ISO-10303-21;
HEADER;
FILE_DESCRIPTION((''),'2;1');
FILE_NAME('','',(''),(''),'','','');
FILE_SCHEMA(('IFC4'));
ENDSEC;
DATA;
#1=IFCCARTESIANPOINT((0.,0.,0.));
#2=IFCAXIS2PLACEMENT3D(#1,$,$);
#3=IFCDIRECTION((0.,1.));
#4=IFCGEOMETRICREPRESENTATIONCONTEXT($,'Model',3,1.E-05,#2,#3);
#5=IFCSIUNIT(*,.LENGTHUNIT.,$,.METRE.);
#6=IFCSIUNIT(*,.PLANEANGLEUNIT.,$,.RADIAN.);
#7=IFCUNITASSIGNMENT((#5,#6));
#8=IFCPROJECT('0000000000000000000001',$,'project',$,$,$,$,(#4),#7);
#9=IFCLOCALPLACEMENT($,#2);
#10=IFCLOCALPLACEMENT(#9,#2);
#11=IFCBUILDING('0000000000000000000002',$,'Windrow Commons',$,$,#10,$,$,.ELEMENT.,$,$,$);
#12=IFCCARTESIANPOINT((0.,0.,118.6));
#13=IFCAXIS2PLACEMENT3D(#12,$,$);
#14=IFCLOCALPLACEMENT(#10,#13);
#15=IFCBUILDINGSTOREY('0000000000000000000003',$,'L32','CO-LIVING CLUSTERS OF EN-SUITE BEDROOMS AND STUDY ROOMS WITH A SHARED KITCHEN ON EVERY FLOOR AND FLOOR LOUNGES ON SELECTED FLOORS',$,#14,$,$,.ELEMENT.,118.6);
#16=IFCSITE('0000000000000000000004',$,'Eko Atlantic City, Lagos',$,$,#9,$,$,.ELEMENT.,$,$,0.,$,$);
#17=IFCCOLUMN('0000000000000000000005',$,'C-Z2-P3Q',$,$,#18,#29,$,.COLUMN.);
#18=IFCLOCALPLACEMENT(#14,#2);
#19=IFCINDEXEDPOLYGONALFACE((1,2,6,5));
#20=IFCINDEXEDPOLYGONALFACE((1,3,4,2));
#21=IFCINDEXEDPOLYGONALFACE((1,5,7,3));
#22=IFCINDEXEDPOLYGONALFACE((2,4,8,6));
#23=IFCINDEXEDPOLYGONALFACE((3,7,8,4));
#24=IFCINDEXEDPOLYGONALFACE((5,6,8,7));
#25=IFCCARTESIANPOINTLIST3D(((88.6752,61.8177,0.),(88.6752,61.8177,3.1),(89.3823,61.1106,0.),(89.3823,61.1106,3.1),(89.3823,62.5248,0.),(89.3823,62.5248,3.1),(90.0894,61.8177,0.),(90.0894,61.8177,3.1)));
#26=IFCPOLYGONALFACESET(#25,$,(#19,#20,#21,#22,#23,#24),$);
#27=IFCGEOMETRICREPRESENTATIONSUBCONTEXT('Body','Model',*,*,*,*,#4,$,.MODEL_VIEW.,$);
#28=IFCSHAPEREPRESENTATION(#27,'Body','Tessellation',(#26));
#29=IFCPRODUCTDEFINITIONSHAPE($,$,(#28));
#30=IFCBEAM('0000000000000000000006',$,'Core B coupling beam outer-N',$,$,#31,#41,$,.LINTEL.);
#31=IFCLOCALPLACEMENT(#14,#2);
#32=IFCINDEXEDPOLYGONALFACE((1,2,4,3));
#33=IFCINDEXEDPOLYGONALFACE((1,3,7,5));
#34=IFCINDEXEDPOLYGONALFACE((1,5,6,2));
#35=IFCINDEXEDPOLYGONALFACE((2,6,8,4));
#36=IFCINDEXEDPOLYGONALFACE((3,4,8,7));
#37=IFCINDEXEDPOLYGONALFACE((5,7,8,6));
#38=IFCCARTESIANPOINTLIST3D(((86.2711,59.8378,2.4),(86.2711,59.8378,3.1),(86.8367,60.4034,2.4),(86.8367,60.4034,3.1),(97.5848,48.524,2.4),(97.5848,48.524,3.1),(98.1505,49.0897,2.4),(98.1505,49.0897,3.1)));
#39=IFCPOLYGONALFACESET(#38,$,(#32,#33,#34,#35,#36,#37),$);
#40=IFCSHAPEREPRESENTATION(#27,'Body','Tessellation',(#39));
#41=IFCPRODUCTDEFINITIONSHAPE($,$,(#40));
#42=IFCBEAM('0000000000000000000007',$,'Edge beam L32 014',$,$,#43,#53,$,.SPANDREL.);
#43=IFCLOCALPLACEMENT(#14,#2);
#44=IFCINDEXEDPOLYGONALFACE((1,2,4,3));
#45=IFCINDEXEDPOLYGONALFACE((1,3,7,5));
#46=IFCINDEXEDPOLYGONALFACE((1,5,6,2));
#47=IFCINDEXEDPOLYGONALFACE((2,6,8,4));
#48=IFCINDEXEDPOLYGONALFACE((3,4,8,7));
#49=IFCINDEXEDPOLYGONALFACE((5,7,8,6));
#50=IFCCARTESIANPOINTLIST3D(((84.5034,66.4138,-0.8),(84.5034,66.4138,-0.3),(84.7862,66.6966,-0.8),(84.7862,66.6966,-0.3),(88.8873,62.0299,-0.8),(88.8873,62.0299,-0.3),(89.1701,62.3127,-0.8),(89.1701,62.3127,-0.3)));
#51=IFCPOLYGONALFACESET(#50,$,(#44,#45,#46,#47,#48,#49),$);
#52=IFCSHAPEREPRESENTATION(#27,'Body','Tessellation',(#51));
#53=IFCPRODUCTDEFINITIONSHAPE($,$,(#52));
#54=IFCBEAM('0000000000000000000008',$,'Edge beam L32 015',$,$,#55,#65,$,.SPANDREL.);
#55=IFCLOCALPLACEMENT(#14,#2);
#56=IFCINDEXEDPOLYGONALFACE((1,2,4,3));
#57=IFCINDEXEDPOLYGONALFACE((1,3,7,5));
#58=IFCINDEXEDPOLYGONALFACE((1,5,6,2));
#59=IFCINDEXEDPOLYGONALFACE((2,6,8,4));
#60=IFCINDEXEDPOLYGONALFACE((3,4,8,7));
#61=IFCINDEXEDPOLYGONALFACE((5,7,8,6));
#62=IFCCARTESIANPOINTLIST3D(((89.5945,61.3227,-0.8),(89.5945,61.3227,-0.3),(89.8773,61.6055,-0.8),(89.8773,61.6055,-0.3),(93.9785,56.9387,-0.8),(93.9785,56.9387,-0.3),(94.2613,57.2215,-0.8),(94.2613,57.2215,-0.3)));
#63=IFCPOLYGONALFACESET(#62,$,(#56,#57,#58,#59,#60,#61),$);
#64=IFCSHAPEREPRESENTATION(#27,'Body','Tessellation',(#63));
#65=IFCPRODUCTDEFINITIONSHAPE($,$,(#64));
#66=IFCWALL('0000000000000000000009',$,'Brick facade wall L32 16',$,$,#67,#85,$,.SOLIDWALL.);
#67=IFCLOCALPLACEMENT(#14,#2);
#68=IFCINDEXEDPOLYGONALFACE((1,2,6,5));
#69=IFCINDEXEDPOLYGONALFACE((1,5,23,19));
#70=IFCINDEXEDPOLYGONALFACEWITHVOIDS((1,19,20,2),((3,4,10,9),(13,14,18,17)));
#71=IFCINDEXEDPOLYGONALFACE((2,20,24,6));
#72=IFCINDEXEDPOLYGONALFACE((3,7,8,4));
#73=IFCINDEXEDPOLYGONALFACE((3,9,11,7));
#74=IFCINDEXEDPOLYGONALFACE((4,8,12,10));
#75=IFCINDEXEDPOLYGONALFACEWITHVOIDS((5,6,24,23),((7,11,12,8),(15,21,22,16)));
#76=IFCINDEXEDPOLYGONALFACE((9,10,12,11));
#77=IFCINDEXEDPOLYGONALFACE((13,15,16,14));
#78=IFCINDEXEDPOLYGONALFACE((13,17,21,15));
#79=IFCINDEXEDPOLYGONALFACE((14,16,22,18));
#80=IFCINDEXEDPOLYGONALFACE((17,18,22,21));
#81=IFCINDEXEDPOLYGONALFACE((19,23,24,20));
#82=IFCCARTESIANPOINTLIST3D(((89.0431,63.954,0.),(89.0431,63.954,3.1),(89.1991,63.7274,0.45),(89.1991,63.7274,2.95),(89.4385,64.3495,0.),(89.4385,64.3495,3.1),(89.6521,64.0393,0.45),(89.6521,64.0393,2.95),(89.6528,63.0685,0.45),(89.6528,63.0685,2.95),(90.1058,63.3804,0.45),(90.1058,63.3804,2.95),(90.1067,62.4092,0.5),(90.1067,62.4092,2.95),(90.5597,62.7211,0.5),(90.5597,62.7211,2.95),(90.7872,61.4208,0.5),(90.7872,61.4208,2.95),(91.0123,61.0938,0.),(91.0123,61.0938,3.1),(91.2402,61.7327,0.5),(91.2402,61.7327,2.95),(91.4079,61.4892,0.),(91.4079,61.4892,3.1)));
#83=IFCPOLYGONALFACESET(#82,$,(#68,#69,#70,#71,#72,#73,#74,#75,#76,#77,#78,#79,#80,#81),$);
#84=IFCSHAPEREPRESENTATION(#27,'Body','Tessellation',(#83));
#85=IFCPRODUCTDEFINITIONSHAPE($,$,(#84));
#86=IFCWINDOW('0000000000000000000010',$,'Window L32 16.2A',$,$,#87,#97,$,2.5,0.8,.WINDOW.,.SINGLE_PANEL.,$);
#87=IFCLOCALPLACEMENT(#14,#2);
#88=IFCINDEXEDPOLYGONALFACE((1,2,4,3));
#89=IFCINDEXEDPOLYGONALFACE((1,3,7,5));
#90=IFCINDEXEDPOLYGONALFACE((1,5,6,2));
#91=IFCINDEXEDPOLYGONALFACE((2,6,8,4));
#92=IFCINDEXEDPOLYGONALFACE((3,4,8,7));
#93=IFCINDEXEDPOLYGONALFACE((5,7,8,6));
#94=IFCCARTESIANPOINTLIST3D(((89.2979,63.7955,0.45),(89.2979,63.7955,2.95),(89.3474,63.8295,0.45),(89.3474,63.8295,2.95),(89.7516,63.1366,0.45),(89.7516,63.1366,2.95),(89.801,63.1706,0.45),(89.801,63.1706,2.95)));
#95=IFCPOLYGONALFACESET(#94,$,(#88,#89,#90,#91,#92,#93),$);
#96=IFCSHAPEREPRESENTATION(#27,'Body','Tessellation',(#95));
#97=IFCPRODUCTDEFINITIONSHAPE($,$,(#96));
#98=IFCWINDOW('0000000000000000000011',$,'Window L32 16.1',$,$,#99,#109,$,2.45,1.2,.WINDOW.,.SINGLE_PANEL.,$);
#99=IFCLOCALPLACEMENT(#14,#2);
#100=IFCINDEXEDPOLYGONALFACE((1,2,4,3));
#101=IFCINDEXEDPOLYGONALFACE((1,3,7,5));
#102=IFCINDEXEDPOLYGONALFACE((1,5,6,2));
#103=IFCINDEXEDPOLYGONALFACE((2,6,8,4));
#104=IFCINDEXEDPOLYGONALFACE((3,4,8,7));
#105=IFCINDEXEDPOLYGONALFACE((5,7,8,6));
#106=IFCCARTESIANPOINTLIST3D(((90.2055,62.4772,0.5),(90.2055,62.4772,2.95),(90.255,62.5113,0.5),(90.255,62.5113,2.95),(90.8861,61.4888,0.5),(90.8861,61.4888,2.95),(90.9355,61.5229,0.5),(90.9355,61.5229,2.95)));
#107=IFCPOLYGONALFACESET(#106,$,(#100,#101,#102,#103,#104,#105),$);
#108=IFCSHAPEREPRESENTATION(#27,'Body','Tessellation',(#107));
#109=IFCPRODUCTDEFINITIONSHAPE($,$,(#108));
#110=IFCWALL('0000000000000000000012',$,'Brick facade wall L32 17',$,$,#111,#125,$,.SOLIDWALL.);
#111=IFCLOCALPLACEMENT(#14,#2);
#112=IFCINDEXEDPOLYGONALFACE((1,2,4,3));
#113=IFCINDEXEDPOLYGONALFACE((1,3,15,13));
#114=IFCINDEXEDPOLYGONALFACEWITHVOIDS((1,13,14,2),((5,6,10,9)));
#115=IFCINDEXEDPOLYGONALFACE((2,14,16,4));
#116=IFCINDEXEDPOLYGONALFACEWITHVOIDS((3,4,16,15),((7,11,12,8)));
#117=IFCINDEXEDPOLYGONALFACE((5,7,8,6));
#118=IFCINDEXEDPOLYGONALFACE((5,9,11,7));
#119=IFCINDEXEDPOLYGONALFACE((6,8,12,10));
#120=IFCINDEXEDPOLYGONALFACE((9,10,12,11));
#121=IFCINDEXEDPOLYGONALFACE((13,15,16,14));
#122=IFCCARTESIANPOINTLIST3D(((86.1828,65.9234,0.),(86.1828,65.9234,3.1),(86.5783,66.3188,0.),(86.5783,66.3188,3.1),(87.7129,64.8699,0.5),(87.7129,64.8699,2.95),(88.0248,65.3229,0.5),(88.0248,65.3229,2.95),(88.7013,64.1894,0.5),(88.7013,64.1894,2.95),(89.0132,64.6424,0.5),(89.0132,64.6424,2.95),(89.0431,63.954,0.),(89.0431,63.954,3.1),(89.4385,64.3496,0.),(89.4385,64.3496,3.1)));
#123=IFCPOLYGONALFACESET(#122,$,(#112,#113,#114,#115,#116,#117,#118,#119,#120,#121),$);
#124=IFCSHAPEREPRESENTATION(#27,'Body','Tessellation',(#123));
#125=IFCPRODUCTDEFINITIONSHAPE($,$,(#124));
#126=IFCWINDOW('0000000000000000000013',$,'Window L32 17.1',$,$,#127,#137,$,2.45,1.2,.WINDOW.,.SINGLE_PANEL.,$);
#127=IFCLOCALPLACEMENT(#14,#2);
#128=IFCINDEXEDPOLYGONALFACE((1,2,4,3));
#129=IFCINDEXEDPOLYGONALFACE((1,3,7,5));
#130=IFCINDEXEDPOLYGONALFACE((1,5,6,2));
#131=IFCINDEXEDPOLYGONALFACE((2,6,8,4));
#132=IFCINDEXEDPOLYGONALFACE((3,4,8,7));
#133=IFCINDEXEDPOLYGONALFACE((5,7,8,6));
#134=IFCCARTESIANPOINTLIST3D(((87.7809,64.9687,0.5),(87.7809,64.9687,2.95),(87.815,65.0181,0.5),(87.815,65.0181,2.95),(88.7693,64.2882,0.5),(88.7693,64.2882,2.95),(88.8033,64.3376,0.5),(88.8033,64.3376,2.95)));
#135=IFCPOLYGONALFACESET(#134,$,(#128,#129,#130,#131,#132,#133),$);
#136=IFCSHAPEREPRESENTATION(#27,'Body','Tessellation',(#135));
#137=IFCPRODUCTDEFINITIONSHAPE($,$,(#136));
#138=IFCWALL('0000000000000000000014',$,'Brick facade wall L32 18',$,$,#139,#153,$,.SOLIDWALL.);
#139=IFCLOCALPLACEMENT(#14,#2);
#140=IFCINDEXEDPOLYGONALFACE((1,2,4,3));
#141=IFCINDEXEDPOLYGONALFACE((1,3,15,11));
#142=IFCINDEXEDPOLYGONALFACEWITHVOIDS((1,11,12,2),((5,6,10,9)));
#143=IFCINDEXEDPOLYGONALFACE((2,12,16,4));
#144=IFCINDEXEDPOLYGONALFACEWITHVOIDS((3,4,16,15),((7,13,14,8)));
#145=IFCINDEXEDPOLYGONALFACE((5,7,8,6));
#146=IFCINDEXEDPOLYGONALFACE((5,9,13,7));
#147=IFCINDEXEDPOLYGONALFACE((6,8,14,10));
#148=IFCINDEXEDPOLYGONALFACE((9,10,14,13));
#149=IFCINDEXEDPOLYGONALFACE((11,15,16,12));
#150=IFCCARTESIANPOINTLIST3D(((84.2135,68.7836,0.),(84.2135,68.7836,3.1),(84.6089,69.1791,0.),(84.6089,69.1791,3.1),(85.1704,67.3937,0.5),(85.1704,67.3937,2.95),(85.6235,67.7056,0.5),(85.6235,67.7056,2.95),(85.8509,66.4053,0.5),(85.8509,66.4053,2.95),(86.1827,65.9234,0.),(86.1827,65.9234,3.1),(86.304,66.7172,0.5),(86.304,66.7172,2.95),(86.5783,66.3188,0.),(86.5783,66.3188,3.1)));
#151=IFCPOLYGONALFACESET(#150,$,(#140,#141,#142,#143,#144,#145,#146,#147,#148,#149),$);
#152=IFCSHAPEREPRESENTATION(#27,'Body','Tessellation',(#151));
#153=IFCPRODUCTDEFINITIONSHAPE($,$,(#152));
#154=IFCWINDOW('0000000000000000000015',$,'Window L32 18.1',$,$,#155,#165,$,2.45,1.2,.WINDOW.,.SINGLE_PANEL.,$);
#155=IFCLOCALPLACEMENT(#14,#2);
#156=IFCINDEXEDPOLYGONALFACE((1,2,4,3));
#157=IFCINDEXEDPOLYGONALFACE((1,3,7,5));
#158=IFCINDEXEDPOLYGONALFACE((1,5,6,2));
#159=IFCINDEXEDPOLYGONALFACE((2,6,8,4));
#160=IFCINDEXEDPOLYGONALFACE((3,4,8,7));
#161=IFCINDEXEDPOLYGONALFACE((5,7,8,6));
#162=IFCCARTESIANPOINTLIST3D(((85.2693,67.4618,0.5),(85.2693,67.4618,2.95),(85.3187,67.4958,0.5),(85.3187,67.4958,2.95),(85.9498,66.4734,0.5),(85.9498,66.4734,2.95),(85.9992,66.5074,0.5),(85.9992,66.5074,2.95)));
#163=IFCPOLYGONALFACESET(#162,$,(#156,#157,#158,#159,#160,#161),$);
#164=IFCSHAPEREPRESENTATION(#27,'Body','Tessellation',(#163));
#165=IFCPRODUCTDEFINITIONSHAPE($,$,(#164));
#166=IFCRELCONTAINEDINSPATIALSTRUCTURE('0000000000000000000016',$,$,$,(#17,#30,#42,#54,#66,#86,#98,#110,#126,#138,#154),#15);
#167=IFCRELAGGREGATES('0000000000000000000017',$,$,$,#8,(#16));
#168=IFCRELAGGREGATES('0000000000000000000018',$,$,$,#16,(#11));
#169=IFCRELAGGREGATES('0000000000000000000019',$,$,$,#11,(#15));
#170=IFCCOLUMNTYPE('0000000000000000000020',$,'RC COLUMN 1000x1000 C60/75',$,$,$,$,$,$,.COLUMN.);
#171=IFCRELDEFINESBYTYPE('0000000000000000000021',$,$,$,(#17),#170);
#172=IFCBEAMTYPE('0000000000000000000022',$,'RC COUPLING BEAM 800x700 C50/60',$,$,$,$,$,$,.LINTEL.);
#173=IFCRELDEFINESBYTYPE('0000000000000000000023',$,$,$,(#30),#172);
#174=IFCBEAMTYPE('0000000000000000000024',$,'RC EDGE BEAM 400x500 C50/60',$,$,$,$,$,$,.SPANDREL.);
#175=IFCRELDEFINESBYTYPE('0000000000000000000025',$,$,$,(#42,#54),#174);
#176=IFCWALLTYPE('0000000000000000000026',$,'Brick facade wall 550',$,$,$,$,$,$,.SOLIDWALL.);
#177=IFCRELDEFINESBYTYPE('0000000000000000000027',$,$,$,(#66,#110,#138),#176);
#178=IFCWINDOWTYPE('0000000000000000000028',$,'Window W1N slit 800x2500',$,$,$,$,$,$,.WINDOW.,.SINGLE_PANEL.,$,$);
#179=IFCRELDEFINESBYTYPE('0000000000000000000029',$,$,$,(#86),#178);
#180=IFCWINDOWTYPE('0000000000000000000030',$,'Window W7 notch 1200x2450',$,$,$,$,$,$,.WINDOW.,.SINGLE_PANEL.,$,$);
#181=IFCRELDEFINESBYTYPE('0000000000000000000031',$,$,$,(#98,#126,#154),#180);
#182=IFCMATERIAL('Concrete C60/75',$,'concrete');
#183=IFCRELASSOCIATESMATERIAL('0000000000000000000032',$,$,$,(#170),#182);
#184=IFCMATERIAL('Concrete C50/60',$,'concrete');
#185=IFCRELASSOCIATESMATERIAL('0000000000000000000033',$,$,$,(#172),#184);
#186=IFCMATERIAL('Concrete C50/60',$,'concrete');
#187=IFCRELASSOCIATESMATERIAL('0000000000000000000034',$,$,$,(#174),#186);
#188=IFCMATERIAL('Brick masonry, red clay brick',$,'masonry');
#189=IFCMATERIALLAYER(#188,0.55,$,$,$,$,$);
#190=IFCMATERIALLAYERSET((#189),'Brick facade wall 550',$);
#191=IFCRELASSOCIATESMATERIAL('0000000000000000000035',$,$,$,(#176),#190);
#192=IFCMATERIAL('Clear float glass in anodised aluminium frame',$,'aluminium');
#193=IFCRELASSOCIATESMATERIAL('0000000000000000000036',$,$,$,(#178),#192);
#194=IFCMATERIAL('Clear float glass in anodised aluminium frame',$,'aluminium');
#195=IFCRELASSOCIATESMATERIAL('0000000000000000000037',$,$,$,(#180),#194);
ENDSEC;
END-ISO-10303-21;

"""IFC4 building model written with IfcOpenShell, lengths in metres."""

from ifc_helpers import new_model, si_unit, direction, frame, frame_2d, origin, origin_2d, place, context, subcontext, project, spatial, polyline, rectangle, outline, extrude, material, layer, layer_set, material_profile, profile_set, type_object, element, fill, save


model = new_model("IFC4")

# Units and contexts
model_context = context("Model", 3, precision=1e-05, world=origin(), true_north=direction((0.0, 1.0)))
body_context = subcontext(model_context, "Body", "Model", "MODEL_VIEW")
ifc_project = project(units=[si_unit("LENGTHUNIT", "METRE"), si_unit("PLANEANGLEUNIT", "RADIAN")], contexts=[model_context])

# Site, building, storey
site_placement = place(None, origin())
site = spatial("IfcSite", under=ifc_project, at=site_placement, Name="Eko Atlantic City, Lagos", CompositionType="ELEMENT", RefElevation=0.0)
building_placement = place(site_placement, origin())
building = spatial("IfcBuilding", under=site, at=building_placement, Name="Windrow Commons", CompositionType="ELEMENT")
storey_placement = place(building_placement, frame((0.0, 0.0, 118.6)))
storey = spatial("IfcBuildingStorey", under=building, at=storey_placement, Name="L32", Description="CO-LIVING CLUSTERS OF EN-SUITE BEDROOMS AND STUDY ROOMS WITH A SHARED KITCHEN ON EVERY FLOOR AND FLOOR LOUNGES ON SELECTED FLOORS", CompositionType="ELEMENT", Elevation=118.6)

# Column
ifc_material_1 = material(Name="Concrete C60/75", Category="concrete")
ifc_material_profile_1 = material_profile(ifc_material_1, rectangle(XDim=1.0, YDim=1.0, at=origin_2d()))
ifc_profile_set_1 = profile_set([ifc_material_profile_1], Name="Concrete C60/75")
column_type = type_object("IfcColumnType", Name="RC COLUMN 1000x1000 C60/75", PredefinedType="COLUMN", material=ifc_profile_set_1)
column_placement = place(storey_placement, frame((89.3823, 61.8177, 0.0), z_axis=(0.0, 0.0, 1.0), x_axis=(0.707107, -0.707107, 0.0)))
element("IfcColumn", 1, at=column_placement, inside=storey, type_object=column_type, Name="C-Z2-P3Q", PredefinedType="COLUMN", context=body_context, shape_type="SweptSolid", body=[
    extrude(rectangle(XDim=1.0, YDim=1.0, at=origin_2d()), origin(), (0.0, 0.0, 1.0), 3.1),
])

# Beams
ifc_material_2 = material(Name="Concrete C50/60", Category="concrete")
ifc_material_profile_2 = material_profile(ifc_material_2, rectangle(XDim=0.8, YDim=0.7, at=origin_2d()))
ifc_profile_set_2 = profile_set([ifc_material_profile_2], Name="Concrete C50/60")
beam_type_1 = type_object("IfcBeamType", Name="RC COUPLING BEAM 800x700 C50/60", PredefinedType="LINTEL", material=ifc_profile_set_2)
beam_1_placement = place(storey_placement, frame((86.5539, 60.1206, 2.75), z_axis=(0.707107, -0.707107, 0.0), x_axis=(0.707107, 0.707107, 0.0)))
element("IfcBeam", 2, at=beam_1_placement, inside=storey, type_object=beam_type_1, Name="Core B coupling beam outer-N", PredefinedType="LINTEL", context=body_context, shape_type="SweptSolid", body=[
    extrude(rectangle(XDim=0.8, YDim=0.7, at=origin_2d()), origin(), (0.0, 0.0, 1.0), 16.0),
])
ifc_material_3 = material(Name="Concrete C50/60", Category="concrete")
ifc_material_profile_3 = material_profile(ifc_material_3, rectangle(XDim=0.4, YDim=0.5, at=origin_2d()))
ifc_profile_set_3 = profile_set([ifc_material_profile_3], Name="Concrete C50/60")
beam_type_2 = type_object("IfcBeamType", Name="RC EDGE BEAM 400x500 C50/60", PredefinedType="SPANDREL", material=ifc_profile_set_3)
beam_2_placement = place(storey_placement, frame((84.6448, 66.5552, -0.55), z_axis=(0.707107, -0.707107, 0.0), x_axis=(0.707107, 0.707107, 0.0)))
element("IfcBeam", 3, at=beam_2_placement, inside=storey, type_object=beam_type_2, Name="Edge beam L32 014", PredefinedType="SPANDREL", context=body_context, shape_type="SweptSolid", body=[
    extrude(rectangle(XDim=0.4, YDim=0.5, at=origin_2d()), origin(), (0.0, 0.0, 1.0), 6.1998),
])
beam_3_placement = place(storey_placement, frame((89.7359, 61.4641, -0.55), z_axis=(0.707107, -0.707107, 0.0), x_axis=(0.707107, 0.707107, 0.0)))
element("IfcBeam", 4, at=beam_3_placement, inside=storey, type_object=beam_type_2, Name="Edge beam L32 015", PredefinedType="SPANDREL", context=body_context, shape_type="SweptSolid", body=[
    extrude(rectangle(XDim=0.4, YDim=0.5, at=origin_2d()), origin(), (0.0, 0.0, 1.0), 6.1999),
])

# Wall, openings, windows
ifc_material_4 = material(Name="Brick masonry, red clay brick", Category="masonry")
ifc_layer_1 = layer(ifc_material_4, 0.55)
ifc_layer_set_1 = layer_set([ifc_layer_1], Name="Brick facade wall 550")
wall_type_1 = type_object("IfcWallType", Name="Brick facade wall 550", PredefinedType="SOLIDWALL", material=ifc_layer_set_1)
wall_1_placement = place(storey_placement, frame((91.2101, 61.2915, 0.0), z_axis=(0.0, 0.0, 1.0), x_axis=(-0.567085, 0.823659, 0.0)))
wall_1 = element("IfcWall", 5, at=wall_1_placement, inside=storey, type_object=wall_type_1, Name="Brick facade wall L32 16", PredefinedType="SOLIDWALL", context=body_context, shape_type="SweptSolid", body=[
    extrude(outline(polyline([(0.0507, -0.275), (3.5234, -0.275), (3.4219, 0.275), (-0.0507, 0.275), (0.0507, -0.275)])), origin(), (0.0, 0.0, 1.0), 3.1),
])
opening_1_placement = place(wall_1_placement, frame((0.3463, 0.0, 0.5)))
opening_1 = element("IfcOpeningElement", 6, at=opening_1_placement, cuts=wall_1, PredefinedType="OPENING", context=body_context, shape_type="SweptSolid", body=[
    extrude(rectangle(XDim=1.2, YDim=2.45, at=frame_2d((0.6, 1.225))), frame((0.0, 0.285, 0.0), z_axis=(0.0, -1.0, 0.0), x_axis=(1.0, 0.0, 0.0)), (0.0, 0.0, 1.0), 0.57),
])
opening_2_placement = place(wall_1_placement, frame((2.3468, 0.0, 0.45)))
opening_2 = element("IfcOpeningElement", 7, at=opening_2_placement, cuts=wall_1, PredefinedType="OPENING", context=body_context, shape_type="SweptSolid", body=[
    extrude(rectangle(XDim=0.8, YDim=2.5, at=frame_2d((0.4, 1.25))), frame((0.0, 0.285, 0.0), z_axis=(0.0, -1.0, 0.0), x_axis=(1.0, 0.0, 0.0)), (0.0, 0.0, 1.0), 0.57),
])
ifc_material_5 = material(Name="Clear float glass in anodised aluminium frame", Category="aluminium")
window_type_1 = type_object("IfcWindowType", Name="Window W1N slit 800x2500", PartitioningType="SINGLE_PANEL", PredefinedType="WINDOW", material=ifc_material_5)
window_1_placement = place(opening_2_placement, origin())
window_1 = element("IfcWindow", 8, at=window_1_placement, inside=storey, type_object=window_type_1, Name="Window L32 16.2A", OverallHeight=2.5, OverallWidth=0.8, PartitioningType="SINGLE_PANEL", PredefinedType="WINDOW", context=body_context, shape_type="SweptSolid", body=[
    extrude(rectangle(XDim=0.8, YDim=2.5, at=frame_2d((0.4, 1.25))), frame((0.0, 0.155, 0.0), z_axis=(0.0, -1.0, 0.0), x_axis=(1.0, 0.0, 0.0)), (0.0, 0.0, 1.0), 0.06),
])
fill(opening_2, window_1)
ifc_material_6 = material(Name="Clear float glass in anodised aluminium frame", Category="aluminium")
window_type_2 = type_object("IfcWindowType", Name="Window W7 notch 1200x2450", PartitioningType="SINGLE_PANEL", PredefinedType="WINDOW", material=ifc_material_6)
window_2_placement = place(opening_1_placement, origin())
window_2 = element("IfcWindow", 9, at=window_2_placement, inside=storey, type_object=window_type_2, Name="Window L32 16.1", OverallHeight=2.45, OverallWidth=1.2, PartitioningType="SINGLE_PANEL", PredefinedType="WINDOW", context=body_context, shape_type="SweptSolid", body=[
    extrude(rectangle(XDim=1.2, YDim=2.45, at=frame_2d((0.6, 1.225))), frame((0.0, 0.155, 0.0), z_axis=(0.0, -1.0, 0.0), x_axis=(1.0, 0.0, 0.0)), (0.0, 0.0, 1.0), 0.06),
])
fill(opening_1, window_2)

# Walls, openings, windows
wall_2_placement = place(storey_placement, frame((89.2408, 64.1518, 0.0), z_axis=(0.0, 0.0, 1.0), x_axis=(-0.823659, 0.567085, 0.0)))
wall_2 = element("IfcWall", 10, at=wall_2_placement, inside=storey, type_object=wall_type_1, Name="Brick facade wall L32 17", PredefinedType="SOLIDWALL", context=body_context, shape_type="SweptSolid", body=[
    extrude(outline(polyline([(-0.0507, -0.275), (3.4219, -0.275), (3.5234, 0.275), (0.0507, 0.275), (-0.0507, -0.275)])), origin(), (0.0, 0.0, 1.0), 3.1),
])
opening_3_placement = place(wall_2_placement, frame((0.4657, 0.0, 0.5)))
opening_3 = element("IfcOpeningElement", 11, at=opening_3_placement, cuts=wall_2, PredefinedType="OPENING", context=body_context, shape_type="SweptSolid", body=[
    extrude(rectangle(XDim=1.2, YDim=2.45, at=frame_2d((0.6, 1.225))), frame((0.0, 0.285, 0.0), z_axis=(0.0, -1.0, 0.0), x_axis=(1.0, 0.0, 0.0)), (0.0, 0.0, 1.0), 0.57),
])
window_3_placement = place(opening_3_placement, origin())
window_3 = element("IfcWindow", 12, at=window_3_placement, inside=storey, type_object=window_type_2, Name="Window L32 17.1", OverallHeight=2.45, OverallWidth=1.2, PartitioningType="SINGLE_PANEL", PredefinedType="WINDOW", context=body_context, shape_type="SweptSolid", body=[
    extrude(rectangle(XDim=1.2, YDim=2.45, at=frame_2d((0.6, 1.225))), frame((0.0, 0.155, 0.0), z_axis=(0.0, -1.0, 0.0), x_axis=(1.0, 0.0, 0.0)), (0.0, 0.0, 1.0), 0.06),
])
fill(opening_3, window_3)
wall_3_placement = place(storey_placement, frame((86.3805, 66.1211, 0.0), z_axis=(0.0, 0.0, 1.0), x_axis=(-0.567085, 0.823659, 0.0)))
wall_3 = element("IfcWall", 13, at=wall_3_placement, inside=storey, type_object=wall_type_1, Name="Brick facade wall L32 18", PredefinedType="SOLIDWALL", context=body_context, shape_type="SweptSolid", body=[
    extrude(outline(polyline([(0.0507, -0.275), (3.5234, -0.275), (3.4219, 0.275), (-0.0507, 0.275), (0.0507, -0.275)])), origin(), (0.0, 0.0, 1.0), 3.1),
])
opening_4_placement = place(wall_3_placement, frame((0.5344, 0.0, 0.5)))
opening_4 = element("IfcOpeningElement", 14, at=opening_4_placement, cuts=wall_3, PredefinedType="OPENING", context=body_context, shape_type="SweptSolid", body=[
    extrude(rectangle(XDim=1.2, YDim=2.45, at=frame_2d((0.6, 1.225))), frame((0.0, 0.285, 0.0), z_axis=(0.0, -1.0, 0.0), x_axis=(1.0, 0.0, 0.0)), (0.0, 0.0, 1.0), 0.57),
])
window_4_placement = place(opening_4_placement, origin())
window_4 = element("IfcWindow", 15, at=window_4_placement, inside=storey, type_object=window_type_2, Name="Window L32 18.1", OverallHeight=2.45, OverallWidth=1.2, PartitioningType="SINGLE_PANEL", PredefinedType="WINDOW", context=body_context, shape_type="SweptSolid", body=[
    extrude(rectangle(XDim=1.2, YDim=2.45, at=frame_2d((0.6, 1.225))), frame((0.0, 0.155, 0.0), z_axis=(0.0, -1.0, 0.0), x_axis=(1.0, 0.0, 0.0)), (0.0, 0.0, 1.0), 0.06),
])
fill(opening_4, window_4)

save(model, "model.ifc")
